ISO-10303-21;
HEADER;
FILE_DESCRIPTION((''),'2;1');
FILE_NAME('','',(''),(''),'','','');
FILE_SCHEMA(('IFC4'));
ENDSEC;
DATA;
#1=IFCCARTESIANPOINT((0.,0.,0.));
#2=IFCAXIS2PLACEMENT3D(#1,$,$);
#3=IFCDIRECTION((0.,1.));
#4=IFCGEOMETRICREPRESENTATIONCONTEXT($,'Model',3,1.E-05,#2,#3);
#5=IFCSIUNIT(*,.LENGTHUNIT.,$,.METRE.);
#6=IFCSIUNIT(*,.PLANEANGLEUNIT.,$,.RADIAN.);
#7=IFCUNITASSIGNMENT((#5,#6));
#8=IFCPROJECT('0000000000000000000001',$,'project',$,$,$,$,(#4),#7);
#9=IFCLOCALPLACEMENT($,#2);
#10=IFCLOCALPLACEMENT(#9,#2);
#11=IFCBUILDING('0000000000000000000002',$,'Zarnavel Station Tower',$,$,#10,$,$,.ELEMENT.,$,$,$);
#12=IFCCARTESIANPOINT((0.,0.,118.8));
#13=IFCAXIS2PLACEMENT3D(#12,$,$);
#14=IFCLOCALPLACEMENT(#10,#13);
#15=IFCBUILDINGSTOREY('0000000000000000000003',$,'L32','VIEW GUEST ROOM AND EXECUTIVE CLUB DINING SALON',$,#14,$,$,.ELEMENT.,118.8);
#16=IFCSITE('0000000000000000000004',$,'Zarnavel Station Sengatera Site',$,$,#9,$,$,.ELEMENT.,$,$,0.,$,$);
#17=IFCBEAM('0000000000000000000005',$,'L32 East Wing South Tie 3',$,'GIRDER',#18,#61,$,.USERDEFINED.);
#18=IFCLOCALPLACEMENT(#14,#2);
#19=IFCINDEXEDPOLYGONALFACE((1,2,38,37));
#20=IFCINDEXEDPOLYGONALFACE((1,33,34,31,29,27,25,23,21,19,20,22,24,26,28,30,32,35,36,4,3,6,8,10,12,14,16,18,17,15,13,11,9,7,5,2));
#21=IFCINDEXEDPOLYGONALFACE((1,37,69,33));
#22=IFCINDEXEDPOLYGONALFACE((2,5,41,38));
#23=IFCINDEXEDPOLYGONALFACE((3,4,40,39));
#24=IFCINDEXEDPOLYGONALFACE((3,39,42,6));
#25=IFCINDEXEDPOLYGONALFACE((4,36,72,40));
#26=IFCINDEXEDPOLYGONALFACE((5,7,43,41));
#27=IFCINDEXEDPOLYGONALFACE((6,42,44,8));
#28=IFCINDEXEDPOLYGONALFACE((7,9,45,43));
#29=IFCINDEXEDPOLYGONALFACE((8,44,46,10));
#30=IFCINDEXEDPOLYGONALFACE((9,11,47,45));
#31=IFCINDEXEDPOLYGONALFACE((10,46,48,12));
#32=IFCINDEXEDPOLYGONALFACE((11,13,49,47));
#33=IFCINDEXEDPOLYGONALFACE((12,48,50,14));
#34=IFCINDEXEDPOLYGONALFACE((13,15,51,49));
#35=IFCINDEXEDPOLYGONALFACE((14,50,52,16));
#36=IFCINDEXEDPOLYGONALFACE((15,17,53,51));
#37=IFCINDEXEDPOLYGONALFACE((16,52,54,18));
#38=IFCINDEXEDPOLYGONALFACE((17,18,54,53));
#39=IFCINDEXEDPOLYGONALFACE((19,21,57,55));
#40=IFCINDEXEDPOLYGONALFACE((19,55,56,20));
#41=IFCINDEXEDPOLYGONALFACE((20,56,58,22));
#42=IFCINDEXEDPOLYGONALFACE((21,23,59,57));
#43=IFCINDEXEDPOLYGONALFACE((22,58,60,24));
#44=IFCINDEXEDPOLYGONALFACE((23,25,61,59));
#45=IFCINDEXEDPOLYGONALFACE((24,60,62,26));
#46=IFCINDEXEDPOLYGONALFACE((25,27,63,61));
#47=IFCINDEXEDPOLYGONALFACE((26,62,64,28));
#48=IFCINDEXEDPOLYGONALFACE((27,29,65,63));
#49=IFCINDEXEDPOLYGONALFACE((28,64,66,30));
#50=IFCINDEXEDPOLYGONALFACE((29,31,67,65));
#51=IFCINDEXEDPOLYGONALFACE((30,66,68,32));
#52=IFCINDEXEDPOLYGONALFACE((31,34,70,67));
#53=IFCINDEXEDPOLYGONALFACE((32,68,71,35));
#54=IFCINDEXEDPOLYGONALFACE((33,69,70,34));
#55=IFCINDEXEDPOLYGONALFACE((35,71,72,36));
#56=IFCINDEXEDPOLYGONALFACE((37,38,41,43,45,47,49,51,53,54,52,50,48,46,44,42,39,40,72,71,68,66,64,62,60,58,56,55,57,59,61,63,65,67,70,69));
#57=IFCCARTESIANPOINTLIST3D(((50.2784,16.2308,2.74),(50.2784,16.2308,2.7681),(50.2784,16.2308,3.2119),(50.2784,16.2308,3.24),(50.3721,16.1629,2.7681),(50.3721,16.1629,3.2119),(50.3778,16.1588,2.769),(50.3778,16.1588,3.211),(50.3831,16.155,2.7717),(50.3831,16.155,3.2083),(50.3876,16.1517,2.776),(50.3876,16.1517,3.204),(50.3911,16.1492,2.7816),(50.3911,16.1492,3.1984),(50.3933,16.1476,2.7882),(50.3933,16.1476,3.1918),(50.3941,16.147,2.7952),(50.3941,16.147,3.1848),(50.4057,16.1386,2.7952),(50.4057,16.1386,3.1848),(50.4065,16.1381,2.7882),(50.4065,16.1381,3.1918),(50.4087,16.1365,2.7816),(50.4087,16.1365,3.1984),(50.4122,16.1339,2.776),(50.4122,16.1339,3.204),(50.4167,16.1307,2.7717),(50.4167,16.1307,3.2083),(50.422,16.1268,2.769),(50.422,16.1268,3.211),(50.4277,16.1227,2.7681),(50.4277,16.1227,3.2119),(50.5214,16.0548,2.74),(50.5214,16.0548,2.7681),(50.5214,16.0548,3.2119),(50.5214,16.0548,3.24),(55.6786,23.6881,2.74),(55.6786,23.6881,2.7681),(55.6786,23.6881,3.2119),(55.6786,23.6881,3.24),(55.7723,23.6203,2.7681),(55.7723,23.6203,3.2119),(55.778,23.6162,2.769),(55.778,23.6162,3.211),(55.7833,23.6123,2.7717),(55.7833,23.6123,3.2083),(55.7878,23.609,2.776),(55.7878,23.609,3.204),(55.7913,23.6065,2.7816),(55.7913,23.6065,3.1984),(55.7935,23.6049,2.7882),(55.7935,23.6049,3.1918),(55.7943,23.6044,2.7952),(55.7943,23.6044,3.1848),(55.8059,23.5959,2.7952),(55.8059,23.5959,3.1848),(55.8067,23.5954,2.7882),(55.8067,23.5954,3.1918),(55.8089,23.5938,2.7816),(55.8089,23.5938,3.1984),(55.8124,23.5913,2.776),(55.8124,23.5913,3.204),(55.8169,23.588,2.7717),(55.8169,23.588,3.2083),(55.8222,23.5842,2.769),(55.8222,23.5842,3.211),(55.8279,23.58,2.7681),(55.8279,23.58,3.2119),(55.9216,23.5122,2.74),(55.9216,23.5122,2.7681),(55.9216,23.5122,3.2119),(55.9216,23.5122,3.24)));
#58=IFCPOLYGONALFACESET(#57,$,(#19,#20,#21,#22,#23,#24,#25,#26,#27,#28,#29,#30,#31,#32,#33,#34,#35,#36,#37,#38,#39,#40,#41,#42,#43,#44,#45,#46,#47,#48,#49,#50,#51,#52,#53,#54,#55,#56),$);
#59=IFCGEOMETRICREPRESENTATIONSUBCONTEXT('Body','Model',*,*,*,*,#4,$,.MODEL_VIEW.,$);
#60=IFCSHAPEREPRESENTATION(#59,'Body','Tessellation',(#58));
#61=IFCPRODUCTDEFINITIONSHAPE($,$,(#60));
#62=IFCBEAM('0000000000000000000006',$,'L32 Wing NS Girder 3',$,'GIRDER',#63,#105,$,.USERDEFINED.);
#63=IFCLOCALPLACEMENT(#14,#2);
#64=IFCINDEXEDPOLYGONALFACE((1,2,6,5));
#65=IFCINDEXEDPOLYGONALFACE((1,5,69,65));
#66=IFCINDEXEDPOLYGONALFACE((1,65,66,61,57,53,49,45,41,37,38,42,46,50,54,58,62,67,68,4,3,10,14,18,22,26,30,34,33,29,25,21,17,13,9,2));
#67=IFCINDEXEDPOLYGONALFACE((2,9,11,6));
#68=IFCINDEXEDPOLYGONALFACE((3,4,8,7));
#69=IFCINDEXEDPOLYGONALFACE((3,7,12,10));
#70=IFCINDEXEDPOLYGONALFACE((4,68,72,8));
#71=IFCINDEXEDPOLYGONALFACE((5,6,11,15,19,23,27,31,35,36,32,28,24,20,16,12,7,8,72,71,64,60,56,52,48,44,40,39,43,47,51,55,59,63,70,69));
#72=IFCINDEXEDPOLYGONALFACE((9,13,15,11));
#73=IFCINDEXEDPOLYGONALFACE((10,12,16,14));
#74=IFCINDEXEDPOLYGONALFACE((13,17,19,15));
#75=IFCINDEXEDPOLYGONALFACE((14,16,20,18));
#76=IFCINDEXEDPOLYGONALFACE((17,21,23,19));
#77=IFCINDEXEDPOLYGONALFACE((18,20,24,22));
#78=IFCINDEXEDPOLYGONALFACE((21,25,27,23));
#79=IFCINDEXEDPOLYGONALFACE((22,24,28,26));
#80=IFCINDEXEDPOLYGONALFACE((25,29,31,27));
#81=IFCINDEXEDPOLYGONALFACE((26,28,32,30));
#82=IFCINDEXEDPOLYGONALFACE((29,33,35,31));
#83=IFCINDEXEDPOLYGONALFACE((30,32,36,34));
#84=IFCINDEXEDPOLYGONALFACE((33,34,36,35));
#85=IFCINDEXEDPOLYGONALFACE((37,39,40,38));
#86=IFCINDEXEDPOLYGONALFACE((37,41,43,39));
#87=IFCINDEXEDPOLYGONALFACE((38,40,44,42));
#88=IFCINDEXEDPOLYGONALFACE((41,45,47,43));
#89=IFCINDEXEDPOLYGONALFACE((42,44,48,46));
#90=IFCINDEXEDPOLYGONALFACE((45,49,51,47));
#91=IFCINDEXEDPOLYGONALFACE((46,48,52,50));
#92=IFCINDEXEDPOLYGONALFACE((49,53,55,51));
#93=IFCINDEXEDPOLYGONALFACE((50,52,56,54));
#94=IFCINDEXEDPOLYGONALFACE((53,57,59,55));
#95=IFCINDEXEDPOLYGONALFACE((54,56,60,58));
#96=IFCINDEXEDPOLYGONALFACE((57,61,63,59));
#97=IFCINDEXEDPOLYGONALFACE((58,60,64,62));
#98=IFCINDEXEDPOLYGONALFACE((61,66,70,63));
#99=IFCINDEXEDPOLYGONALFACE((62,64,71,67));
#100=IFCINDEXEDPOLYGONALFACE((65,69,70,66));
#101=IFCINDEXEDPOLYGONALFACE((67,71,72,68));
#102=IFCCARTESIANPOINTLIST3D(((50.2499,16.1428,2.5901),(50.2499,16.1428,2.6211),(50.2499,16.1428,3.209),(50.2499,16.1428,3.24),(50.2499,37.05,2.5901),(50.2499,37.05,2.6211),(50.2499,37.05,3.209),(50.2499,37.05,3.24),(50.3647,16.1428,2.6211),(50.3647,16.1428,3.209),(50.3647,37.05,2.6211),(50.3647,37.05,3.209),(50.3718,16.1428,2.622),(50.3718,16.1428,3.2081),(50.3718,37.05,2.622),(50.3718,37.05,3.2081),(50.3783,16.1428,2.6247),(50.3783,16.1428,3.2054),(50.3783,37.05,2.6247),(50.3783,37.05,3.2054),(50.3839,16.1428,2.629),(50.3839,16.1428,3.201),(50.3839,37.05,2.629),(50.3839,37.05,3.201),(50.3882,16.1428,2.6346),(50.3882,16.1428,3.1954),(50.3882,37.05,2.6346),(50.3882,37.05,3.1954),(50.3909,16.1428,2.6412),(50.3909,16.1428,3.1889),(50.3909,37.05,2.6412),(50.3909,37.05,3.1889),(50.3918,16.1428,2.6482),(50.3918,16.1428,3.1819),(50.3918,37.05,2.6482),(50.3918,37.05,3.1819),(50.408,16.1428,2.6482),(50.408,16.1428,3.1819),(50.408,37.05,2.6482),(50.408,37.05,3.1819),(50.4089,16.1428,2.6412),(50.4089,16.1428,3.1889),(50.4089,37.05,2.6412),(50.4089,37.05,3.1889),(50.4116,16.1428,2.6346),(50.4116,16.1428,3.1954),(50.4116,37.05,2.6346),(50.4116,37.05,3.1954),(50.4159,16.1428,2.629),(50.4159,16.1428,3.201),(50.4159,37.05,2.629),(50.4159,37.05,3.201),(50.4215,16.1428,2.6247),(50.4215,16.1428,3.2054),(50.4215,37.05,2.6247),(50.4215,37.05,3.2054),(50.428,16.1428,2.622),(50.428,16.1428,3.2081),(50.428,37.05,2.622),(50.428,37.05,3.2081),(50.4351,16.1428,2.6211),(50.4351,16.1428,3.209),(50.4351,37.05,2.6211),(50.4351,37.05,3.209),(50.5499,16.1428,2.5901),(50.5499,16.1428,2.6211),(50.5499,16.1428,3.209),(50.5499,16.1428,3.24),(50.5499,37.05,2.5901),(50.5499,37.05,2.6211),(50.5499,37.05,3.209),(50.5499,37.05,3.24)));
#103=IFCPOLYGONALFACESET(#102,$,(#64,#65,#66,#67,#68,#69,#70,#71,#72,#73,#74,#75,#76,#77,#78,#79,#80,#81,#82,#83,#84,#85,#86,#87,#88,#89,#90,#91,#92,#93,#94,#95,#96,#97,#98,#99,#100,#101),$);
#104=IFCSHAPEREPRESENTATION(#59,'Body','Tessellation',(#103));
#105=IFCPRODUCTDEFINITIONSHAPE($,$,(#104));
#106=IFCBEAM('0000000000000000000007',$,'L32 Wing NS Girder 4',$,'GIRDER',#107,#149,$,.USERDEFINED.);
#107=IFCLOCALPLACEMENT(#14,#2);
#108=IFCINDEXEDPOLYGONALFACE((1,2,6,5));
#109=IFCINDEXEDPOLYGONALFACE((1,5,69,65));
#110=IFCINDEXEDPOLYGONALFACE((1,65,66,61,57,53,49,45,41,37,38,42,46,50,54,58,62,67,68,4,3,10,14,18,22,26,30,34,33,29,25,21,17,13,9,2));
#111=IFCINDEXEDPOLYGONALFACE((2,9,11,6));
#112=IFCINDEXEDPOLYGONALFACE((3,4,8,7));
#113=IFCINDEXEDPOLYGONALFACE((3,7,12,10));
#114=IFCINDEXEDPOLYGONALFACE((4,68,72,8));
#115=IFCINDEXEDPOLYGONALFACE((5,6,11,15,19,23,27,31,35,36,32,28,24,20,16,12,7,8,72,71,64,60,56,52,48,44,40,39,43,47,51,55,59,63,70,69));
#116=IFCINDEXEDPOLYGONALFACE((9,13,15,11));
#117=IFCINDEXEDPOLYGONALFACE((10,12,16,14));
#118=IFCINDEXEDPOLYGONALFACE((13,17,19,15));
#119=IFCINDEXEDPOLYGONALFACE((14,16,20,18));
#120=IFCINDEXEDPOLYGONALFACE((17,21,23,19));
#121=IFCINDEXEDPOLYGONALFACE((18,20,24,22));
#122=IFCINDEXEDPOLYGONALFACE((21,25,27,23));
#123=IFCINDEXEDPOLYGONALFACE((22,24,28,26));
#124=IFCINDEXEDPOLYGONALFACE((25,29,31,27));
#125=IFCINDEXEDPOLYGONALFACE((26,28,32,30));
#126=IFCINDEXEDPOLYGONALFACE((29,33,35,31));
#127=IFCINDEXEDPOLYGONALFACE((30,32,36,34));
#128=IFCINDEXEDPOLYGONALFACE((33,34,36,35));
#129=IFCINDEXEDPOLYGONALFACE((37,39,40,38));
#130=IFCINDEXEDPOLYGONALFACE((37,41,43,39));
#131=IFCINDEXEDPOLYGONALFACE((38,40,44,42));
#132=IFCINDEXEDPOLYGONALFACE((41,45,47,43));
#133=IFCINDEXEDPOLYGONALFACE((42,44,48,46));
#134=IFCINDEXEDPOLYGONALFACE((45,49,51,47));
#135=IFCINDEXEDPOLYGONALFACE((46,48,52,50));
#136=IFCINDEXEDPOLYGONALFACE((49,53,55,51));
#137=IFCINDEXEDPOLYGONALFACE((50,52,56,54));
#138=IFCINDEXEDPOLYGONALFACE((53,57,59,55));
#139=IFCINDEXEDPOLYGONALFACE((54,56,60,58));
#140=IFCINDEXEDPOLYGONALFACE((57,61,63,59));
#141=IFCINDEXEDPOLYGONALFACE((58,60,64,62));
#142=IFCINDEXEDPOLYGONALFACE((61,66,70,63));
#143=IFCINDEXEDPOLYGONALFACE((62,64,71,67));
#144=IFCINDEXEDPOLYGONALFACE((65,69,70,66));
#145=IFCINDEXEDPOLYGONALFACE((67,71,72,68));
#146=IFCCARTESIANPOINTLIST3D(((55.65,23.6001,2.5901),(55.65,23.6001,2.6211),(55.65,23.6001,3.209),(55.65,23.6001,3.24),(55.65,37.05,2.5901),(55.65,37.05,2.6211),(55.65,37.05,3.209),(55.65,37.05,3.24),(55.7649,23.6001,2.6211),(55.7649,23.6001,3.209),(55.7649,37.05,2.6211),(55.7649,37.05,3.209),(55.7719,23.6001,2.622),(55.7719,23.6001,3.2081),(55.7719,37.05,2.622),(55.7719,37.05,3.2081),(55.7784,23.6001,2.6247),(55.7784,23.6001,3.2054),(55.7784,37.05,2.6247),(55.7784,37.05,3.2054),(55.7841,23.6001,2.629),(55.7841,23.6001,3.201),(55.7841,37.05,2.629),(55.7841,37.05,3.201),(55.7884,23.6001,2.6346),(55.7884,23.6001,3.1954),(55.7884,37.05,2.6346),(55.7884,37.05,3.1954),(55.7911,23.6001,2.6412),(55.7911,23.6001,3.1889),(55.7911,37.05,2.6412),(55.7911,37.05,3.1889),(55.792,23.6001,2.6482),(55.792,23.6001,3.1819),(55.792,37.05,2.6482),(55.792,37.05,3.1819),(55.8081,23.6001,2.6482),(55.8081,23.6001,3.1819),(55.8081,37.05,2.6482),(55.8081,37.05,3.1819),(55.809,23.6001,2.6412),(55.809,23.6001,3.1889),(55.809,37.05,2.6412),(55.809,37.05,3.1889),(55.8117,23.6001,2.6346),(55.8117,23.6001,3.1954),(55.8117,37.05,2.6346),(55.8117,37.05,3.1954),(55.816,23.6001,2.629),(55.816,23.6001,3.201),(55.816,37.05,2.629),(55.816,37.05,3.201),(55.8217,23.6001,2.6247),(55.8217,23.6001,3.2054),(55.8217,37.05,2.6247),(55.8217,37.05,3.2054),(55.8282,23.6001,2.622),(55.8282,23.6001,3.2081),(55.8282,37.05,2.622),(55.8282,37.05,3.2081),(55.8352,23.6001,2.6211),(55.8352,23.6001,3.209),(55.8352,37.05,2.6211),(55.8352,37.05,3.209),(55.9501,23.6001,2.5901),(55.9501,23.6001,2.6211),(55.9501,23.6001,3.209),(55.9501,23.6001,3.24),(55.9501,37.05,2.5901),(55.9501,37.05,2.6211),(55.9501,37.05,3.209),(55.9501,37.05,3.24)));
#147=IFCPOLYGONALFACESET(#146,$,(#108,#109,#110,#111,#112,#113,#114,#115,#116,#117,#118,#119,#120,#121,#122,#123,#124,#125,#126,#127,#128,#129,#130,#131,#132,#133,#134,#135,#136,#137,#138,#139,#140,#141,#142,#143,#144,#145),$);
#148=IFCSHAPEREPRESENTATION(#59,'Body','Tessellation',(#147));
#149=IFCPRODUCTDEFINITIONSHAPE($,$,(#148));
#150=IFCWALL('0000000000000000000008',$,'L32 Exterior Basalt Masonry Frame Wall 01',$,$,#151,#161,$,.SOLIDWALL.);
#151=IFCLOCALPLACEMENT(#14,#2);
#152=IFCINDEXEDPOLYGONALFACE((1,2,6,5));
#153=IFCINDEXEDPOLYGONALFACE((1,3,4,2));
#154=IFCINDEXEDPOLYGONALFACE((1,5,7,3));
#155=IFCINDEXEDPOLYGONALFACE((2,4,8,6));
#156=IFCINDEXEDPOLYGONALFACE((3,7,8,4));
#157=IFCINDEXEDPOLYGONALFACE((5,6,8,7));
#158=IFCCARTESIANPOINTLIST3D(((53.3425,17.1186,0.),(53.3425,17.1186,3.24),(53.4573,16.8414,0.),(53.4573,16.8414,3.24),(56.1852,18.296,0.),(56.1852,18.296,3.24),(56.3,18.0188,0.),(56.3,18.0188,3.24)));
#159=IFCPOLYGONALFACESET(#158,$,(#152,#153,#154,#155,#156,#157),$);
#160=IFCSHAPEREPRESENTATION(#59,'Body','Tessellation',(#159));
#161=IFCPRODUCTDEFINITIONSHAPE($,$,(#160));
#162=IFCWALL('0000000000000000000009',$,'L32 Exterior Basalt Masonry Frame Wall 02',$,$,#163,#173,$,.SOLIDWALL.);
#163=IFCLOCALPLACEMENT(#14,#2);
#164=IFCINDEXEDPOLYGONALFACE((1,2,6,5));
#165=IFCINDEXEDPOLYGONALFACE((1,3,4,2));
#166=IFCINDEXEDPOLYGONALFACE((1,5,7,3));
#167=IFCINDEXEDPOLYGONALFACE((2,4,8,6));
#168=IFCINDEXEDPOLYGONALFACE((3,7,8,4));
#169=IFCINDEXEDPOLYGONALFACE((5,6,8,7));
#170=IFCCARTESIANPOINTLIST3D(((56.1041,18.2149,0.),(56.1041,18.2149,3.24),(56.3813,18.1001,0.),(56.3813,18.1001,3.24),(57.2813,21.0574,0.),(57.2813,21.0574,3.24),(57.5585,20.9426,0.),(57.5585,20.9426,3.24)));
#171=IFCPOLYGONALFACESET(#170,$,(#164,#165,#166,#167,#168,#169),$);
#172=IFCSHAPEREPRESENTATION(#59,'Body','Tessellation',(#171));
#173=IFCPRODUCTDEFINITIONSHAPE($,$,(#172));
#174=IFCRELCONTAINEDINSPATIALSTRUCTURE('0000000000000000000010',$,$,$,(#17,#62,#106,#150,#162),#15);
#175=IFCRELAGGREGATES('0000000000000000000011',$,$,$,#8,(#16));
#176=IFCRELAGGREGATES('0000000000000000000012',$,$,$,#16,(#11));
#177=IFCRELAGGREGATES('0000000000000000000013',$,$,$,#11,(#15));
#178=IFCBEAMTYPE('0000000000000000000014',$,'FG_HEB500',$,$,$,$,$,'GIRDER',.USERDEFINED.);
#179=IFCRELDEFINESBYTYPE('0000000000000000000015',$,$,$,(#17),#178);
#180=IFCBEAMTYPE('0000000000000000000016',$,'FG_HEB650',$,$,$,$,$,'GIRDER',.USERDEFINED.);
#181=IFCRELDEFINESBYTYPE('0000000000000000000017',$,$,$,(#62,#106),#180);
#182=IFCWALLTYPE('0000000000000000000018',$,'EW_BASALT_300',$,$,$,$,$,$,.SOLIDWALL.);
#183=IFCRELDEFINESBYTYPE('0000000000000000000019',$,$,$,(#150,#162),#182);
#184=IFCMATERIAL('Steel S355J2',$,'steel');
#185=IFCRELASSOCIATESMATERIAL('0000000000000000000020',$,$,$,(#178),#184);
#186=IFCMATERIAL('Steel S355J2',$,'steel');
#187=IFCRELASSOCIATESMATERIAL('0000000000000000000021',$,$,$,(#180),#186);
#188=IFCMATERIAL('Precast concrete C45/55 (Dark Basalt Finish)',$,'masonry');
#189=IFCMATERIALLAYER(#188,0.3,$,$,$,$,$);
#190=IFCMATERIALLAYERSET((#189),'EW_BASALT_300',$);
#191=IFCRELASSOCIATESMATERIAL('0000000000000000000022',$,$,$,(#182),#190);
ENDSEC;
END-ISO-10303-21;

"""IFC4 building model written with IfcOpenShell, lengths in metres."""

from ifc_helpers import new_model, si_unit, direction, frame, frame_2d, origin, origin_2d, place, context, subcontext, project, spatial, rectangle, i_section, extrude, material, layer, layer_set, material_profile, profile_set, type_object, element, save


model = new_model("IFC4")

# Units and contexts
model_context = context("Model", 3, precision=1e-05, world=origin(), true_north=direction((0.0, 1.0)))
body_context = subcontext(model_context, "Body", "Model", "MODEL_VIEW")
ifc_project = project(units=[si_unit("LENGTHUNIT", "METRE"), si_unit("PLANEANGLEUNIT", "RADIAN")], contexts=[model_context])

# Site, building, storey
site_placement = place(None, origin())
site = spatial("IfcSite", under=ifc_project, at=site_placement, Name="Zarnavel Station Sengatera Site", CompositionType="ELEMENT", RefElevation=0.0)
building_placement = place(site_placement, origin())
building = spatial("IfcBuilding", under=site, at=building_placement, Name="Zarnavel Station Tower", CompositionType="ELEMENT")
storey_placement = place(building_placement, frame((0.0, 0.0, 118.8)))
storey = spatial("IfcBuildingStorey", under=building, at=storey_placement, Name="L32", Description="VIEW GUEST ROOM AND EXECUTIVE CLUB DINING SALON", CompositionType="ELEMENT", Elevation=118.8)

# Beams
ifc_material_1 = material(Name="Steel S355J2", Category="steel")
ifc_material_profile_1 = material_profile(ifc_material_1, i_section(OverallWidth=0.3, OverallDepth=0.5, WebThickness=0.0144, FlangeThickness=0.0281, FilletRadius=0.0271, at=origin_2d()), Name="HEB500")
ifc_profile_set_1 = profile_set([ifc_material_profile_1], Name="Steel S355J2")
beam_type_1 = type_object("IfcBeamType", Name="FG_HEB500", ElementType="GIRDER", PredefinedType="USERDEFINED", material=ifc_profile_set_1)
beam_1_placement = place(storey_placement, frame((50.3999, 16.1428, 2.99), z_axis=(0.586513, 0.80994, 0.0), x_axis=(-0.80994, 0.586513, 0.0)))
element("IfcBeam", 1, at=beam_1_placement, inside=storey, type_object=beam_type_1, Name="L32 East Wing South Tie 3", ObjectType="GIRDER", PredefinedType="USERDEFINED", context=body_context, shape_type="SweptSolid", body=[
    extrude(i_section(OverallWidth=0.3, OverallDepth=0.5, WebThickness=0.0144, FlangeThickness=0.0281, FilletRadius=0.0271, at=origin_2d()), origin(), (0.0, 0.0, 1.0), 9.2073),
])
ifc_material_2 = material(Name="Steel S355J2", Category="steel")
ifc_material_profile_2 = material_profile(ifc_material_2, i_section(OverallWidth=0.3, OverallDepth=0.6499, WebThickness=0.0161, FlangeThickness=0.031, FilletRadius=0.0271, at=origin_2d()), Name="HEB650")
ifc_profile_set_2 = profile_set([ifc_material_profile_2], Name="Steel S355J2")
beam_type_2 = type_object("IfcBeamType", Name="FG_HEB650", ElementType="GIRDER", PredefinedType="USERDEFINED", material=ifc_profile_set_2)
beam_2_placement = place(storey_placement, frame((50.3999, 16.1428, 2.915), z_axis=(0.0, 1.0, 0.0), x_axis=(-1.0, 0.0, 0.0)))
element("IfcBeam", 2, at=beam_2_placement, inside=storey, type_object=beam_type_2, Name="L32 Wing NS Girder 3", ObjectType="GIRDER", PredefinedType="USERDEFINED", context=body_context, shape_type="SweptSolid", body=[
    extrude(i_section(OverallWidth=0.3, OverallDepth=0.6499, WebThickness=0.0161, FlangeThickness=0.031, FilletRadius=0.0271, at=origin_2d()), origin(), (0.0, 0.0, 1.0), 20.9072),
])
beam_3_placement = place(storey_placement, frame((55.8, 23.6001, 2.915), z_axis=(0.0, 1.0, 0.0), x_axis=(-1.0, 0.0, 0.0)))
element("IfcBeam", 3, at=beam_3_placement, inside=storey, type_object=beam_type_2, Name="L32 Wing NS Girder 4", ObjectType="GIRDER", PredefinedType="USERDEFINED", context=body_context, shape_type="SweptSolid", body=[
    extrude(i_section(OverallWidth=0.3, OverallDepth=0.6499, WebThickness=0.0161, FlangeThickness=0.031, FilletRadius=0.0271, at=origin_2d()), origin(), (0.0, 0.0, 1.0), 13.45),
])

# Walls
ifc_material_3 = material(Name="Precast concrete C45/55 (Dark Basalt Finish)", Category="masonry")
ifc_layer_1 = layer(ifc_material_3, 0.3)
ifc_layer_set_1 = layer_set([ifc_layer_1], Name="EW_BASALT_300")
wall_type_1 = type_object("IfcWallType", Name="EW_BASALT_300", PredefinedType="SOLIDWALL", material=ifc_layer_set_1)
wall_1_placement = place(storey_placement, frame((56.2427, 18.1575, 0.0), z_axis=(0.0, 0.0, 1.0), x_axis=(-0.923882, -0.382676, 0.0)))
element("IfcWall", 4, at=wall_1_placement, inside=storey, type_object=wall_type_1, Name="L32 Exterior Basalt Masonry Frame Wall 01", PredefinedType="SOLIDWALL", context=body_context, shape_type="SweptSolid", body=[
    extrude(rectangle(XDim=3.0769, YDim=0.3, at=frame_2d((1.5386, 0.0))), origin(), (0.0, 0.0, 1.0), 3.24),
])
wall_2_placement = place(storey_placement, frame((57.4199, 21.0, 0.0), z_axis=(0.0, 0.0, 1.0), x_axis=(-0.382637, -0.923899, 0.0)))
element("IfcWall", 5, at=wall_2_placement, inside=storey, type_object=wall_type_1, Name="L32 Exterior Basalt Masonry Frame Wall 02", PredefinedType="SOLIDWALL", context=body_context, shape_type="SweptSolid", body=[
    extrude(rectangle(XDim=3.0767, YDim=0.3, at=frame_2d((1.5383, 0.0))), origin(), (0.0, 0.0, 1.0), 3.24),
])

save(model, "model.ifc")
